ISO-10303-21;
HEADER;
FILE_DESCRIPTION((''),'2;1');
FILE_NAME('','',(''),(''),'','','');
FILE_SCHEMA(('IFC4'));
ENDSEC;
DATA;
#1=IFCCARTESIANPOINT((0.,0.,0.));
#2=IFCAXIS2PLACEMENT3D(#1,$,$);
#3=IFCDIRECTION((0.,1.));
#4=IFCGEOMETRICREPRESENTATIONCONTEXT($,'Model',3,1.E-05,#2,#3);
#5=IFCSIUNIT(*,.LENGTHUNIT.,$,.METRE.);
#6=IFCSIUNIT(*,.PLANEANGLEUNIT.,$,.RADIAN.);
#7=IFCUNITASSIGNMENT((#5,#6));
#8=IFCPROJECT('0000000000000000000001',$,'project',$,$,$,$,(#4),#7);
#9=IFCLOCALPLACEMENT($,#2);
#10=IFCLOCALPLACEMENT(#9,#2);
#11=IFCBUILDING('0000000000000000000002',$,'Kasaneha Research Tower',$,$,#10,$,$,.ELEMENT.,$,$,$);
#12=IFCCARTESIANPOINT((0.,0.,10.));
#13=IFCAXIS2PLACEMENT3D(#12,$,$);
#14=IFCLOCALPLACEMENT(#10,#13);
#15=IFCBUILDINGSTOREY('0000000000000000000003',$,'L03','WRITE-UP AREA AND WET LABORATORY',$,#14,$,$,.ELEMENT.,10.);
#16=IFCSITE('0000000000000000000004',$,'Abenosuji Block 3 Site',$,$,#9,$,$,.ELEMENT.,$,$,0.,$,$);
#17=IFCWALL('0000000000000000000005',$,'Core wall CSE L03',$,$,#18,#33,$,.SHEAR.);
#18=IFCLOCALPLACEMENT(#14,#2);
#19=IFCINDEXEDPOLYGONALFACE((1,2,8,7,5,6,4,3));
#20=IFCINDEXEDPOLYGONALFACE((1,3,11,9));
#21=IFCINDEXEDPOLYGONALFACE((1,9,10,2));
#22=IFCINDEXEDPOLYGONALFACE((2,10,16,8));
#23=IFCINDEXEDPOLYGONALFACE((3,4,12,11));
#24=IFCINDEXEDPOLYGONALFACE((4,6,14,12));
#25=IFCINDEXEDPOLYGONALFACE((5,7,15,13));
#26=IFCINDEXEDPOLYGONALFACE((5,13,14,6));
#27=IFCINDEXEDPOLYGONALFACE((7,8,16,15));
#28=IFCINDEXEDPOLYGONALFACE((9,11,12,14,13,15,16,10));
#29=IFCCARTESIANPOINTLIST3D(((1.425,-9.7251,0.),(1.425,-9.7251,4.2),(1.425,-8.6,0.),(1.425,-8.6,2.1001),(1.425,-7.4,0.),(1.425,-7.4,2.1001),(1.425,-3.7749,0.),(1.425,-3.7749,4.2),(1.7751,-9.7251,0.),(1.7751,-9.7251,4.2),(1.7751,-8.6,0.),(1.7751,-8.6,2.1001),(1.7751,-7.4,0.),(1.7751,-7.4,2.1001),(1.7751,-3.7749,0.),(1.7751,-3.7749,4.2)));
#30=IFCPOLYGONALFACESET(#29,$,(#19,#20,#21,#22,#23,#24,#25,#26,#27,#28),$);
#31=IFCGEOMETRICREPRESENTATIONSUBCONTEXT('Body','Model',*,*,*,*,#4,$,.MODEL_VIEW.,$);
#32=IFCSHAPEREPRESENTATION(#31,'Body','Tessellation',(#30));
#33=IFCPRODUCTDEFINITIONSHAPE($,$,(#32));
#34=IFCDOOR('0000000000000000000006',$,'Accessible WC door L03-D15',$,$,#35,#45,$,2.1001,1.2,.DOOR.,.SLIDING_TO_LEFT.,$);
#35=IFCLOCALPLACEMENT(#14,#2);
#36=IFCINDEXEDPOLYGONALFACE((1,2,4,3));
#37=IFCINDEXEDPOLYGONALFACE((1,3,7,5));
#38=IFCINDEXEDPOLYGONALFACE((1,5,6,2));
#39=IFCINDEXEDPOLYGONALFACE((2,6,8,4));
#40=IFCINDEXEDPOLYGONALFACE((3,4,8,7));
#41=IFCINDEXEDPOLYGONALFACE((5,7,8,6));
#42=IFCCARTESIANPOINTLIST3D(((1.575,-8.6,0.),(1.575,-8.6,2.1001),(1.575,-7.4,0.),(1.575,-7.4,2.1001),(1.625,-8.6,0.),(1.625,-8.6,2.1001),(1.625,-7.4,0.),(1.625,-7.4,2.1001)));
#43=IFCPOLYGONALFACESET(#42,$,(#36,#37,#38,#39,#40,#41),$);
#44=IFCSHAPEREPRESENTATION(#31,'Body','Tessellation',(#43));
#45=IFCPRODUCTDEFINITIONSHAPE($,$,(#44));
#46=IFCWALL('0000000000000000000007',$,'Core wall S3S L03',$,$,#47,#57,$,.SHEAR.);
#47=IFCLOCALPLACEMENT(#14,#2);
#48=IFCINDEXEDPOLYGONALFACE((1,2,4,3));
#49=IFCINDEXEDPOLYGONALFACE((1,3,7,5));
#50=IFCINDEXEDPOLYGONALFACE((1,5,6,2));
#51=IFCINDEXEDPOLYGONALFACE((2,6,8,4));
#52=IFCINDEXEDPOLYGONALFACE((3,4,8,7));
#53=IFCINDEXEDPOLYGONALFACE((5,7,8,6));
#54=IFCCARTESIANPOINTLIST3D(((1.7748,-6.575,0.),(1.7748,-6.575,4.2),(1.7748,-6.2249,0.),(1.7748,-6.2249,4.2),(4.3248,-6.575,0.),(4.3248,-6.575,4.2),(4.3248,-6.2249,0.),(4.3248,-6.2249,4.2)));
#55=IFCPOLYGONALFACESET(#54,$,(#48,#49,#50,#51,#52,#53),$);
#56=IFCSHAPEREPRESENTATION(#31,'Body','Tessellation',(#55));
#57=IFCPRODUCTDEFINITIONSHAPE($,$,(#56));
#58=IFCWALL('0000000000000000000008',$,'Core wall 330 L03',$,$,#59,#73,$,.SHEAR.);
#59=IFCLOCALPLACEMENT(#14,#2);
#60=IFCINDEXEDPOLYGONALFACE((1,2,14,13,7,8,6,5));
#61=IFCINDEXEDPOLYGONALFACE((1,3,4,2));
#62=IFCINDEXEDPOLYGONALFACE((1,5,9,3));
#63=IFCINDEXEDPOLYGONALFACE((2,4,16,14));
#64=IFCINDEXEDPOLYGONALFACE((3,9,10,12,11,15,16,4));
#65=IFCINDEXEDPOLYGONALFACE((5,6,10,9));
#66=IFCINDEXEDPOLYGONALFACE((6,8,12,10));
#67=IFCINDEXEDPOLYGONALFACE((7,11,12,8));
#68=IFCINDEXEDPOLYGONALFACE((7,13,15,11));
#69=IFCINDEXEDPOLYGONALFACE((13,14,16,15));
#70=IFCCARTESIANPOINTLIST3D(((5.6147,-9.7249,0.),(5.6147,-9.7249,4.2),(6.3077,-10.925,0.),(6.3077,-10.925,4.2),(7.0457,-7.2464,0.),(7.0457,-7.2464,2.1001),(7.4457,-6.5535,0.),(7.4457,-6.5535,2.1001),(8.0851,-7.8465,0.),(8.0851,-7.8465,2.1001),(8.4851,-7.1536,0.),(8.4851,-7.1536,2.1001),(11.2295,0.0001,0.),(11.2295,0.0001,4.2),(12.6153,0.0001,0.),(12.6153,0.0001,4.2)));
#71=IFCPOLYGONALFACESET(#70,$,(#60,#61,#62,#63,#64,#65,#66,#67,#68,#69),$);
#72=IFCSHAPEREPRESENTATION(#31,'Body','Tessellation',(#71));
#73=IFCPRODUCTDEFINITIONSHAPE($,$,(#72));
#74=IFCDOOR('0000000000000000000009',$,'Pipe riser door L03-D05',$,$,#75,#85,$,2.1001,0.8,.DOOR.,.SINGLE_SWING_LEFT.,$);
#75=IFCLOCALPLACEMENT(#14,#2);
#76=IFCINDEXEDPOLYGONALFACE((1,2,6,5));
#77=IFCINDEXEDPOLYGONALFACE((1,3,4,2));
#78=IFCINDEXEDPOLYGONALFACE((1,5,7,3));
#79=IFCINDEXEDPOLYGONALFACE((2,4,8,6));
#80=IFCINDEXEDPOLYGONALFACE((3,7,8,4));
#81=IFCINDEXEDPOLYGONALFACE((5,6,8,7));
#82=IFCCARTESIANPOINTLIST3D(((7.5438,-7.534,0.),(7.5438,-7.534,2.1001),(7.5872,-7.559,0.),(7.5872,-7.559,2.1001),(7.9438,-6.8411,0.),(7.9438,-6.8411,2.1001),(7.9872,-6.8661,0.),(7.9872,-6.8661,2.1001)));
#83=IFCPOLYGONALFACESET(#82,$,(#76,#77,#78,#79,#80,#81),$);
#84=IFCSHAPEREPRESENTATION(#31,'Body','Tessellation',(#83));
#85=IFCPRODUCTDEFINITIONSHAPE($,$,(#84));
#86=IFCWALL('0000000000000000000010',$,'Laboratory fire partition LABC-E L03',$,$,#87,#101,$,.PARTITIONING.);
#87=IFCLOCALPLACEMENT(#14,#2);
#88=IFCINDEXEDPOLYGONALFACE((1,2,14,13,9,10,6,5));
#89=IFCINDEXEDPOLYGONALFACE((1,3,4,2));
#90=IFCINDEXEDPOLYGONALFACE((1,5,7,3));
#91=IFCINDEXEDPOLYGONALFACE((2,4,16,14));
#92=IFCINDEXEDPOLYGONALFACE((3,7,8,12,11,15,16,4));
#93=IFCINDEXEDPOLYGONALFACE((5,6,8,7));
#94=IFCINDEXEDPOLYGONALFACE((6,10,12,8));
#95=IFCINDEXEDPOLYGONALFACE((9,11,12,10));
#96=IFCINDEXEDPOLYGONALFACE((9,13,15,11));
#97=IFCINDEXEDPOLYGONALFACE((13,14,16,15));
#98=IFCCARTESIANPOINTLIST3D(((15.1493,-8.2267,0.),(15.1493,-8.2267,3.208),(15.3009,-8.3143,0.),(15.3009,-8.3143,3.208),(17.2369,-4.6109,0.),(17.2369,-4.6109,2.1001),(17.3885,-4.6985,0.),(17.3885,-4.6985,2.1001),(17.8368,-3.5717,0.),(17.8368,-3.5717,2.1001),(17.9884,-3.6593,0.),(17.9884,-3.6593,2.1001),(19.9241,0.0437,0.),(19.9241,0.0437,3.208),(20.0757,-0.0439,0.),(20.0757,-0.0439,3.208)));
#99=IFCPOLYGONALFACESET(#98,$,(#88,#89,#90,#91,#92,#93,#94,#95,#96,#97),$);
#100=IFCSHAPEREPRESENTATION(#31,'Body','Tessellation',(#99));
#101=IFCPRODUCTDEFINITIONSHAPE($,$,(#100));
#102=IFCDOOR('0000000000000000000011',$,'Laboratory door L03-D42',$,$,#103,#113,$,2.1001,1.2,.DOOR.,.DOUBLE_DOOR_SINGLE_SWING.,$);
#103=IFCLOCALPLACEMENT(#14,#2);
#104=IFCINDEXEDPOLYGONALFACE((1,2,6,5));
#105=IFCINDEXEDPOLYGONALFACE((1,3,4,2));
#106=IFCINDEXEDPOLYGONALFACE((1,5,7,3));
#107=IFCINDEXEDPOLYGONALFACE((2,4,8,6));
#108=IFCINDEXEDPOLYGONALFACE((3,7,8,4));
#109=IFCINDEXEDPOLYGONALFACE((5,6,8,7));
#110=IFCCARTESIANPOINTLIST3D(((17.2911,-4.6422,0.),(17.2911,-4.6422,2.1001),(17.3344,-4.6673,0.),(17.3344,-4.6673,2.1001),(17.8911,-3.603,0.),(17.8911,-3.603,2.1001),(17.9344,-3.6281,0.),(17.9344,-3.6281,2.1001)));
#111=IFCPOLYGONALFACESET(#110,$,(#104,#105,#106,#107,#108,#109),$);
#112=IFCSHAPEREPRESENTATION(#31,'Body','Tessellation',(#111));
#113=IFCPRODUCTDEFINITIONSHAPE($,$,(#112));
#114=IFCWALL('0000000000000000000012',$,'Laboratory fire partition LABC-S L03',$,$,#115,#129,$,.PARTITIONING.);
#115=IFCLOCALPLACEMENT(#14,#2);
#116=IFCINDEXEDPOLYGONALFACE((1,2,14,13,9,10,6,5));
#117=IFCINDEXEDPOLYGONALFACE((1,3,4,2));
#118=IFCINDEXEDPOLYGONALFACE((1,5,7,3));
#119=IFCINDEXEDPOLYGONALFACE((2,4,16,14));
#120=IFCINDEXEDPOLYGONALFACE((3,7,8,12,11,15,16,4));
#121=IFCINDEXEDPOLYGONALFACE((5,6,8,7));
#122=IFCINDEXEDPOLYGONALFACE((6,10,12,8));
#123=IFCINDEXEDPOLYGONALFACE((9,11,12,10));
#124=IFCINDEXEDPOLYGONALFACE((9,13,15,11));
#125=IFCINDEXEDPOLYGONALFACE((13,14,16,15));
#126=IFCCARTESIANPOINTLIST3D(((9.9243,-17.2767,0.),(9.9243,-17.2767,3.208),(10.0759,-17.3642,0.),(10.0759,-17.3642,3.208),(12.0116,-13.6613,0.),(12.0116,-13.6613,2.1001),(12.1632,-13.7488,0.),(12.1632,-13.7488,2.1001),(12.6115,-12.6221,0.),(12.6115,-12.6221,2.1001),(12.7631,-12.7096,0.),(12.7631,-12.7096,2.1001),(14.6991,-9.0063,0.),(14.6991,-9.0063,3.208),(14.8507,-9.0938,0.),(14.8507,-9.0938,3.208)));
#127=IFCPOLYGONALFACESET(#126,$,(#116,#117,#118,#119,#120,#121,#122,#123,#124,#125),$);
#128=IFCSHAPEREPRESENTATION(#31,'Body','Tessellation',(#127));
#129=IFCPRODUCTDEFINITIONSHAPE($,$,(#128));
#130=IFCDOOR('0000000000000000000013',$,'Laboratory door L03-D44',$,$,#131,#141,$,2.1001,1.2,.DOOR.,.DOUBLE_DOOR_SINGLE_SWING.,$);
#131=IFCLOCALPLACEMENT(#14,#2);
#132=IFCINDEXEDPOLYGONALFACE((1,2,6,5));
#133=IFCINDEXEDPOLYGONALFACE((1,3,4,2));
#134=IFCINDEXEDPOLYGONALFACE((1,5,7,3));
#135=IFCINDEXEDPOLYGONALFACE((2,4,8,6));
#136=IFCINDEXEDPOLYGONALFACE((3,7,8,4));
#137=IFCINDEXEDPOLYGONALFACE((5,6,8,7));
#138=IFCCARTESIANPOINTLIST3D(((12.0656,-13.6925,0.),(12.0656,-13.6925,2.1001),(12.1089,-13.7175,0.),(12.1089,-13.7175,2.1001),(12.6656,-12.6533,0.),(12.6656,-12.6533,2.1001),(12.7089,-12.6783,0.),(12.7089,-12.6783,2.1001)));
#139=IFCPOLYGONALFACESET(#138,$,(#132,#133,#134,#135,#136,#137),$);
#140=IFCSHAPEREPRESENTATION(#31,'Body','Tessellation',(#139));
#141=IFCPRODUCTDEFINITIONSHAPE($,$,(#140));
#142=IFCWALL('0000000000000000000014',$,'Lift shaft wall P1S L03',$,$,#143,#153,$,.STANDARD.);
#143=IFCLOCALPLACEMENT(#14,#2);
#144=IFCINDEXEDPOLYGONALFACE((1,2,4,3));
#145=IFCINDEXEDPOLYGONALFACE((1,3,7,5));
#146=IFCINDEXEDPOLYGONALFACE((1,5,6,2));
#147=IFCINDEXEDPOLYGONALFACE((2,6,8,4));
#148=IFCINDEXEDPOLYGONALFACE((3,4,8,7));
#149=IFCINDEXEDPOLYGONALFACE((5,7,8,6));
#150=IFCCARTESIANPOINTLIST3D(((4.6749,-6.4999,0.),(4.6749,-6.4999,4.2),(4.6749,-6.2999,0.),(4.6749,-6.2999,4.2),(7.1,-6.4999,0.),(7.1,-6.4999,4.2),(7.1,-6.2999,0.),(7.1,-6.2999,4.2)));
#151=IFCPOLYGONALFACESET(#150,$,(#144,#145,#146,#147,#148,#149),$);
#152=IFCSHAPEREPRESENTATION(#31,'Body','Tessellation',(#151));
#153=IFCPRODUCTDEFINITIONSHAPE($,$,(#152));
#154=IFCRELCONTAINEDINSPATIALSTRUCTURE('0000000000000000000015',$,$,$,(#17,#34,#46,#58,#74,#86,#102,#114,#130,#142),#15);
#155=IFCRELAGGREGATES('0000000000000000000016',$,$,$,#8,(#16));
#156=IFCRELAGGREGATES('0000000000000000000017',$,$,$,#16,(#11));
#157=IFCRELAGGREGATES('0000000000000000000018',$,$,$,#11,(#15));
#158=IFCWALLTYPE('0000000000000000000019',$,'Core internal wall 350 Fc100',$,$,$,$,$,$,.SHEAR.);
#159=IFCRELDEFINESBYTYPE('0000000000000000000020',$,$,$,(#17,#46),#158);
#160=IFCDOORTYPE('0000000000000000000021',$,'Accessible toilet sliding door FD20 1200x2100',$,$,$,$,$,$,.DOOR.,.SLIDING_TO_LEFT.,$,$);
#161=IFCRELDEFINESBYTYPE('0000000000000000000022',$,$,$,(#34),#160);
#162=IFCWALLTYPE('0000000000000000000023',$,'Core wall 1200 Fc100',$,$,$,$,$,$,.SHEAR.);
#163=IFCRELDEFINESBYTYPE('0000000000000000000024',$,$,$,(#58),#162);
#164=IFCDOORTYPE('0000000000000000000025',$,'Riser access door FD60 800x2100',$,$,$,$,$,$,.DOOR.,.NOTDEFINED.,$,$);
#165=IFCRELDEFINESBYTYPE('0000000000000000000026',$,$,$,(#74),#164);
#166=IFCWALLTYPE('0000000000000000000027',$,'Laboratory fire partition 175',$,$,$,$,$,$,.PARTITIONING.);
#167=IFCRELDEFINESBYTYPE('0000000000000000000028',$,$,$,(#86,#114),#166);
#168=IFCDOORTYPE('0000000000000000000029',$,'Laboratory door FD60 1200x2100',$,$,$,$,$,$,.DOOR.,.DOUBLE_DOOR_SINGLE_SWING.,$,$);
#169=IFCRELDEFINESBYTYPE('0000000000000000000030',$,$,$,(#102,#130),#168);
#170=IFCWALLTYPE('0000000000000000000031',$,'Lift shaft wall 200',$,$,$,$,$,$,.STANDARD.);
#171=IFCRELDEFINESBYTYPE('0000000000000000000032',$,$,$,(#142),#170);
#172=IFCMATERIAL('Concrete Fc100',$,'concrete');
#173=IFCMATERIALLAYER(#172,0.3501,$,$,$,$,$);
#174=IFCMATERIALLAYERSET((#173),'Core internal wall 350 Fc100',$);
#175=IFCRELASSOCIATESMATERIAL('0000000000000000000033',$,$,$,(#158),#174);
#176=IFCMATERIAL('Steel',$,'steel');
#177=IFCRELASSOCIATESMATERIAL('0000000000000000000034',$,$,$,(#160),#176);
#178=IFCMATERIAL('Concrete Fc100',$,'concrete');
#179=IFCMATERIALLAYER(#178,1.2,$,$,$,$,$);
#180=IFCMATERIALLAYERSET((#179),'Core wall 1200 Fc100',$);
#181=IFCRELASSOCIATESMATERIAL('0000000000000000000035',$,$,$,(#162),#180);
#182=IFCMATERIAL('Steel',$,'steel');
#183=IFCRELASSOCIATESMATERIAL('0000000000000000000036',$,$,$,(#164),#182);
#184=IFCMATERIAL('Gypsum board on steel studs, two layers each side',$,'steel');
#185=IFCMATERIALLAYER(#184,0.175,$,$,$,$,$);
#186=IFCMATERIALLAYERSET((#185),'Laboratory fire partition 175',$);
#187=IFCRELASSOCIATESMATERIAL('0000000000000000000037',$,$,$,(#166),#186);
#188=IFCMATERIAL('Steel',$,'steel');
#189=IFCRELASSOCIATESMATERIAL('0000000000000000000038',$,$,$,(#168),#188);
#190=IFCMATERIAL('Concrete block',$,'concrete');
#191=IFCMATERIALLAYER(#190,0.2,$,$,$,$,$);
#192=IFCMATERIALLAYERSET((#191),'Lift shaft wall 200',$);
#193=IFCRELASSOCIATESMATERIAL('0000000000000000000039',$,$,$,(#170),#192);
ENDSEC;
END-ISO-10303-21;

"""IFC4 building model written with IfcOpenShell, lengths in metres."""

from ifc_helpers import new_model, si_unit, direction, frame, frame_2d, origin, place, context, subcontext, project, spatial, polyline, rectangle, outline, extrude, material, layer, layer_set, type_object, element, fill, save


model = new_model("IFC4")

# Units and contexts
model_context = context("Model", 3, precision=1e-05, world=origin(), true_north=direction((0.0, 1.0)))
body_context = subcontext(model_context, "Body", "Model", "MODEL_VIEW")
ifc_project = project(units=[si_unit("LENGTHUNIT", "METRE"), si_unit("PLANEANGLEUNIT", "RADIAN")], contexts=[model_context])

# Site, building, storey
site_placement = place(None, origin())
site = spatial("IfcSite", under=ifc_project, at=site_placement, Name="Abenosuji Block 3 Site", CompositionType="ELEMENT", RefElevation=0.0)
building_placement = place(site_placement, origin())
building = spatial("IfcBuilding", under=site, at=building_placement, Name="Kasaneha Research Tower", CompositionType="ELEMENT")
storey_placement = place(building_placement, frame((0.0, 0.0, 10.0)))
storey = spatial("IfcBuildingStorey", under=building, at=storey_placement, Name="L03", Description="WRITE-UP AREA AND WET LABORATORY", CompositionType="ELEMENT", Elevation=10.0)

# Wall, opening, door
ifc_material_1 = material(Name="Concrete Fc100", Category="concrete")
ifc_layer_1 = layer(ifc_material_1, 0.3501)
ifc_layer_set_1 = layer_set([ifc_layer_1], Name="Core internal wall 350 Fc100")
wall_type_1 = type_object("IfcWallType", Name="Core internal wall 350 Fc100", PredefinedType="SHEAR", material=ifc_layer_set_1)
wall_1_placement = place(storey_placement, frame((1.6001, -3.7749, 0.0), z_axis=(0.0, 0.0, 1.0), x_axis=(0.0, -1.0, 0.0)))
wall_1 = element("IfcWall", 1, at=wall_1_placement, inside=storey, type_object=wall_type_1, Name="Core wall CSE L03", PredefinedType="SHEAR", context=body_context, shape_type="SweptSolid", body=[
    extrude(rectangle(XDim=5.9502, YDim=0.3501, at=frame_2d((2.9751, 0.0))), origin(), (0.0, 0.0, 1.0), 4.2),
])
opening_1_placement = place(wall_1_placement, frame((3.625, 0.0, 0.0)))
opening_1 = element("IfcOpeningElement", 2, at=opening_1_placement, cuts=wall_1, PredefinedType="OPENING", context=body_context, shape_type="SweptSolid", body=[
    extrude(rectangle(XDim=1.2, YDim=2.1001, at=frame_2d((0.6001, 1.05))), frame((0.0, 0.1851, 0.0), z_axis=(0.0, -1.0, 0.0), x_axis=(1.0, 0.0, 0.0)), (0.0, 0.0, 1.0), 0.3701),
])
ifc_material_2 = material(Name="Steel", Category="steel")
door_type_1 = type_object("IfcDoorType", Name="Accessible toilet sliding door FD20 1200x2100", OperationType="SLIDING_TO_LEFT", PredefinedType="DOOR", material=ifc_material_2)
door_1_placement = place(opening_1_placement, origin())
door_1 = element("IfcDoor", 3, at=door_1_placement, inside=storey, type_object=door_type_1, Name="Accessible WC door L03-D15", OperationType="SLIDING_TO_LEFT", OverallHeight=2.1001, OverallWidth=1.2, PredefinedType="DOOR", context=body_context, shape_type="SweptSolid", body=[
    extrude(rectangle(XDim=1.2, YDim=2.1001, at=frame_2d((0.6001, 1.05))), frame((0.0, 0.0249, 0.0), z_axis=(0.0, -1.0, 0.0), x_axis=(1.0, 0.0, 0.0)), (0.0, 0.0, 1.0), 0.05),
])
fill(opening_1, door_1)

# Wall
wall_2_placement = place(storey_placement, frame((1.7749, -6.3999, 0.0), z_axis=(0.0, 0.0, 1.0), x_axis=(1.0, 0.0, 0.0)))
element("IfcWall", 4, at=wall_2_placement, inside=storey, type_object=wall_type_1, Name="Core wall S3S L03", PredefinedType="SHEAR", context=body_context, shape_type="SweptSolid", body=[
    extrude(rectangle(XDim=2.55, YDim=0.3501, at=frame_2d((1.2749, 0.0))), origin(), (0.0, 0.0, 1.0), 4.2),
])

# Walls, openings, doors
ifc_material_3 = material(Name="Concrete Fc100", Category="concrete")
ifc_layer_2 = layer(ifc_material_3, 1.2)
ifc_layer_set_2 = layer_set([ifc_layer_2], Name="Core wall 1200 Fc100")
wall_type_2 = type_object("IfcWallType", Name="Core wall 1200 Fc100", PredefinedType="SHEAR", material=ifc_layer_set_2)
wall_3_placement = place(storey_placement, frame((5.9612, -10.325, 0.0), z_axis=(0.0, 0.0, 1.0), x_axis=(0.500004, 0.866023, 0.0)))
wall_3 = element("IfcWall", 5, at=wall_3_placement, inside=storey, type_object=wall_type_2, Name="Core wall 330 L03", PredefinedType="SHEAR", context=body_context, shape_type="SweptSolid", body=[
    extrude(outline(polyline([(-0.3464, -0.6001), (3.2085, -0.6001), (4.0085, -0.6001), (12.2688, -0.6001), (11.5759, 0.6001), (4.0085, 0.6001), (3.2085, 0.6001), (0.3464, 0.6001), (-0.3464, -0.6001)])), origin(), (0.0, 0.0, 1.0), 4.2),
])
opening_2_placement = place(wall_3_placement, frame((3.2085, 0.0, 0.0)))
opening_2 = element("IfcOpeningElement", 6, at=opening_2_placement, cuts=wall_3, PredefinedType="OPENING", context=body_context, shape_type="SweptSolid", body=[
    extrude(rectangle(XDim=0.8, YDim=2.1001, at=frame_2d((0.3999, 1.05))), frame((0.0, 0.6099, 0.0), z_axis=(0.0, -1.0, 0.0), x_axis=(1.0, 0.0, 0.0)), (0.0, 0.0, 1.0), 1.22),
])
ifc_material_4 = material(Name="Steel", Category="steel")
door_type_2 = type_object("IfcDoorType", Name="Riser access door FD60 800x2100", OperationType="NOTDEFINED", PredefinedType="DOOR", material=ifc_material_4)
door_2_placement = place(opening_2_placement, origin())
door_2 = element("IfcDoor", 7, at=door_2_placement, inside=storey, type_object=door_type_2, Name="Pipe riser door L03-D05", OperationType="SINGLE_SWING_LEFT", OverallHeight=2.1001, OverallWidth=0.8, PredefinedType="DOOR", context=body_context, shape_type="SweptSolid", body=[
    extrude(rectangle(XDim=0.8, YDim=2.1001, at=frame_2d((0.3999, 1.05))), frame((0.0, 0.0249, 0.0), z_axis=(0.0, -1.0, 0.0), x_axis=(1.0, 0.0, 0.0)), (0.0, 0.0, 1.0), 0.05),
])
fill(opening_2, door_2)
ifc_material_5 = material(Name="Gypsum board on steel studs, two layers each side", Category="steel")
ifc_layer_3 = layer(ifc_material_5, 0.175)
ifc_layer_set_3 = layer_set([ifc_layer_3], Name="Laboratory fire partition 175")
wall_type_3 = type_object("IfcWallType", Name="Laboratory fire partition 175", PredefinedType="PARTITIONING", material=ifc_layer_set_3)
wall_4_placement = place(storey_placement, frame((15.2251, -8.2705, 0.0), z_axis=(0.0, 0.0, 1.0), x_axis=(0.499994, 0.866029, 0.0)))
wall_4 = element("IfcWall", 8, at=wall_4_placement, inside=storey, type_object=wall_type_3, Name="Laboratory fire partition LABC-E L03", PredefinedType="PARTITIONING", context=body_context, shape_type="SweptSolid", body=[
    extrude(rectangle(XDim=9.5498, YDim=0.175, at=frame_2d((4.7749, 0.0))), origin(), (0.0, 0.0, 1.0), 3.208),
])
opening_3_placement = place(wall_4_placement, frame((4.175, 0.0, 0.0)))
opening_3 = element("IfcOpeningElement", 9, at=opening_3_placement, cuts=wall_4, PredefinedType="OPENING", context=body_context, shape_type="SweptSolid", body=[
    extrude(rectangle(XDim=1.2, YDim=2.1001, at=frame_2d((0.6001, 1.05))), frame((0.0, 0.0977, 0.0), z_axis=(0.0, -1.0, 0.0), x_axis=(1.0, 0.0, 0.0)), (0.0, 0.0, 1.0), 0.1951),
])
ifc_material_6 = material(Name="Steel", Category="steel")
door_type_3 = type_object("IfcDoorType", Name="Laboratory door FD60 1200x2100", OperationType="DOUBLE_DOOR_SINGLE_SWING", PredefinedType="DOOR", material=ifc_material_6)
door_3_placement = place(opening_3_placement, origin())
door_3 = element("IfcDoor", 10, at=door_3_placement, inside=storey, type_object=door_type_3, Name="Laboratory door L03-D42", OperationType="DOUBLE_DOOR_SINGLE_SWING", OverallHeight=2.1001, OverallWidth=1.2, PredefinedType="DOOR", context=body_context, shape_type="SweptSolid", body=[
    extrude(rectangle(XDim=1.2, YDim=2.1001, at=frame_2d((0.6001, 1.05))), frame((0.0, 0.0249, 0.0), z_axis=(0.0, -1.0, 0.0), x_axis=(1.0, 0.0, 0.0)), (0.0, 0.0, 1.0), 0.05),
])
fill(opening_3, door_3)
wall_5_placement = place(storey_placement, frame((14.7749, -9.05, 0.0), z_axis=(0.0, 0.0, 1.0), x_axis=(-0.499994, -0.866029, 0.0)))
wall_5 = element("IfcWall", 11, at=wall_5_placement, inside=storey, type_object=wall_type_3, Name="Laboratory fire partition LABC-S L03", PredefinedType="PARTITIONING", context=body_context, shape_type="SweptSolid", body=[
    extrude(rectangle(XDim=9.5498, YDim=0.175, at=frame_2d((4.7749, 0.0))), origin(), (0.0, 0.0, 1.0), 3.208),
])
opening_4_placement = place(wall_5_placement, frame((4.175, 0.0, 0.0)))
opening_4 = element("IfcOpeningElement", 12, at=opening_4_placement, cuts=wall_5, PredefinedType="OPENING", context=body_context, shape_type="SweptSolid", body=[
    extrude(rectangle(XDim=1.2, YDim=2.1001, at=frame_2d((0.6001, 1.05))), frame((0.0, 0.0977, 0.0), z_axis=(0.0, -1.0, 0.0), x_axis=(1.0, 0.0, 0.0)), (0.0, 0.0, 1.0), 0.1951),
])
door_4_placement = place(opening_4_placement, origin())
door_4 = element("IfcDoor", 13, at=door_4_placement, inside=storey, type_object=door_type_3, Name="Laboratory door L03-D44", OperationType="DOUBLE_DOOR_SINGLE_SWING", OverallHeight=2.1001, OverallWidth=1.2, PredefinedType="DOOR", context=body_context, shape_type="SweptSolid", body=[
    extrude(rectangle(XDim=1.2, YDim=2.1001, at=frame_2d((0.6001, 1.05))), frame((0.0, 0.0249, 0.0), z_axis=(0.0, -1.0, 0.0), x_axis=(1.0, 0.0, 0.0)), (0.0, 0.0, 1.0), 0.05),
])
fill(opening_4, door_4)

# Wall
ifc_material_7 = material(Name="Concrete block", Category="concrete")
ifc_layer_4 = layer(ifc_material_7, 0.2)
ifc_layer_set_4 = layer_set([ifc_layer_4], Name="Lift shaft wall 200")
wall_type_4 = type_object("IfcWallType", Name="Lift shaft wall 200", PredefinedType="STANDARD", material=ifc_layer_set_4)
wall_6_placement = place(storey_placement, frame((4.675, -6.3999, 0.0), z_axis=(0.0, 0.0, 1.0), x_axis=(1.0, 0.0, 0.0)))
element("IfcWall", 14, at=wall_6_placement, inside=storey, type_object=wall_type_4, Name="Lift shaft wall P1S L03", PredefinedType="STANDARD", context=body_context, shape_type="SweptSolid", body=[
    extrude(rectangle(XDim=2.425, YDim=0.2, at=frame_2d((1.2124, 0.0))), origin(), (0.0, 0.0, 1.0), 4.2),
])

save(model, "model.ifc")
